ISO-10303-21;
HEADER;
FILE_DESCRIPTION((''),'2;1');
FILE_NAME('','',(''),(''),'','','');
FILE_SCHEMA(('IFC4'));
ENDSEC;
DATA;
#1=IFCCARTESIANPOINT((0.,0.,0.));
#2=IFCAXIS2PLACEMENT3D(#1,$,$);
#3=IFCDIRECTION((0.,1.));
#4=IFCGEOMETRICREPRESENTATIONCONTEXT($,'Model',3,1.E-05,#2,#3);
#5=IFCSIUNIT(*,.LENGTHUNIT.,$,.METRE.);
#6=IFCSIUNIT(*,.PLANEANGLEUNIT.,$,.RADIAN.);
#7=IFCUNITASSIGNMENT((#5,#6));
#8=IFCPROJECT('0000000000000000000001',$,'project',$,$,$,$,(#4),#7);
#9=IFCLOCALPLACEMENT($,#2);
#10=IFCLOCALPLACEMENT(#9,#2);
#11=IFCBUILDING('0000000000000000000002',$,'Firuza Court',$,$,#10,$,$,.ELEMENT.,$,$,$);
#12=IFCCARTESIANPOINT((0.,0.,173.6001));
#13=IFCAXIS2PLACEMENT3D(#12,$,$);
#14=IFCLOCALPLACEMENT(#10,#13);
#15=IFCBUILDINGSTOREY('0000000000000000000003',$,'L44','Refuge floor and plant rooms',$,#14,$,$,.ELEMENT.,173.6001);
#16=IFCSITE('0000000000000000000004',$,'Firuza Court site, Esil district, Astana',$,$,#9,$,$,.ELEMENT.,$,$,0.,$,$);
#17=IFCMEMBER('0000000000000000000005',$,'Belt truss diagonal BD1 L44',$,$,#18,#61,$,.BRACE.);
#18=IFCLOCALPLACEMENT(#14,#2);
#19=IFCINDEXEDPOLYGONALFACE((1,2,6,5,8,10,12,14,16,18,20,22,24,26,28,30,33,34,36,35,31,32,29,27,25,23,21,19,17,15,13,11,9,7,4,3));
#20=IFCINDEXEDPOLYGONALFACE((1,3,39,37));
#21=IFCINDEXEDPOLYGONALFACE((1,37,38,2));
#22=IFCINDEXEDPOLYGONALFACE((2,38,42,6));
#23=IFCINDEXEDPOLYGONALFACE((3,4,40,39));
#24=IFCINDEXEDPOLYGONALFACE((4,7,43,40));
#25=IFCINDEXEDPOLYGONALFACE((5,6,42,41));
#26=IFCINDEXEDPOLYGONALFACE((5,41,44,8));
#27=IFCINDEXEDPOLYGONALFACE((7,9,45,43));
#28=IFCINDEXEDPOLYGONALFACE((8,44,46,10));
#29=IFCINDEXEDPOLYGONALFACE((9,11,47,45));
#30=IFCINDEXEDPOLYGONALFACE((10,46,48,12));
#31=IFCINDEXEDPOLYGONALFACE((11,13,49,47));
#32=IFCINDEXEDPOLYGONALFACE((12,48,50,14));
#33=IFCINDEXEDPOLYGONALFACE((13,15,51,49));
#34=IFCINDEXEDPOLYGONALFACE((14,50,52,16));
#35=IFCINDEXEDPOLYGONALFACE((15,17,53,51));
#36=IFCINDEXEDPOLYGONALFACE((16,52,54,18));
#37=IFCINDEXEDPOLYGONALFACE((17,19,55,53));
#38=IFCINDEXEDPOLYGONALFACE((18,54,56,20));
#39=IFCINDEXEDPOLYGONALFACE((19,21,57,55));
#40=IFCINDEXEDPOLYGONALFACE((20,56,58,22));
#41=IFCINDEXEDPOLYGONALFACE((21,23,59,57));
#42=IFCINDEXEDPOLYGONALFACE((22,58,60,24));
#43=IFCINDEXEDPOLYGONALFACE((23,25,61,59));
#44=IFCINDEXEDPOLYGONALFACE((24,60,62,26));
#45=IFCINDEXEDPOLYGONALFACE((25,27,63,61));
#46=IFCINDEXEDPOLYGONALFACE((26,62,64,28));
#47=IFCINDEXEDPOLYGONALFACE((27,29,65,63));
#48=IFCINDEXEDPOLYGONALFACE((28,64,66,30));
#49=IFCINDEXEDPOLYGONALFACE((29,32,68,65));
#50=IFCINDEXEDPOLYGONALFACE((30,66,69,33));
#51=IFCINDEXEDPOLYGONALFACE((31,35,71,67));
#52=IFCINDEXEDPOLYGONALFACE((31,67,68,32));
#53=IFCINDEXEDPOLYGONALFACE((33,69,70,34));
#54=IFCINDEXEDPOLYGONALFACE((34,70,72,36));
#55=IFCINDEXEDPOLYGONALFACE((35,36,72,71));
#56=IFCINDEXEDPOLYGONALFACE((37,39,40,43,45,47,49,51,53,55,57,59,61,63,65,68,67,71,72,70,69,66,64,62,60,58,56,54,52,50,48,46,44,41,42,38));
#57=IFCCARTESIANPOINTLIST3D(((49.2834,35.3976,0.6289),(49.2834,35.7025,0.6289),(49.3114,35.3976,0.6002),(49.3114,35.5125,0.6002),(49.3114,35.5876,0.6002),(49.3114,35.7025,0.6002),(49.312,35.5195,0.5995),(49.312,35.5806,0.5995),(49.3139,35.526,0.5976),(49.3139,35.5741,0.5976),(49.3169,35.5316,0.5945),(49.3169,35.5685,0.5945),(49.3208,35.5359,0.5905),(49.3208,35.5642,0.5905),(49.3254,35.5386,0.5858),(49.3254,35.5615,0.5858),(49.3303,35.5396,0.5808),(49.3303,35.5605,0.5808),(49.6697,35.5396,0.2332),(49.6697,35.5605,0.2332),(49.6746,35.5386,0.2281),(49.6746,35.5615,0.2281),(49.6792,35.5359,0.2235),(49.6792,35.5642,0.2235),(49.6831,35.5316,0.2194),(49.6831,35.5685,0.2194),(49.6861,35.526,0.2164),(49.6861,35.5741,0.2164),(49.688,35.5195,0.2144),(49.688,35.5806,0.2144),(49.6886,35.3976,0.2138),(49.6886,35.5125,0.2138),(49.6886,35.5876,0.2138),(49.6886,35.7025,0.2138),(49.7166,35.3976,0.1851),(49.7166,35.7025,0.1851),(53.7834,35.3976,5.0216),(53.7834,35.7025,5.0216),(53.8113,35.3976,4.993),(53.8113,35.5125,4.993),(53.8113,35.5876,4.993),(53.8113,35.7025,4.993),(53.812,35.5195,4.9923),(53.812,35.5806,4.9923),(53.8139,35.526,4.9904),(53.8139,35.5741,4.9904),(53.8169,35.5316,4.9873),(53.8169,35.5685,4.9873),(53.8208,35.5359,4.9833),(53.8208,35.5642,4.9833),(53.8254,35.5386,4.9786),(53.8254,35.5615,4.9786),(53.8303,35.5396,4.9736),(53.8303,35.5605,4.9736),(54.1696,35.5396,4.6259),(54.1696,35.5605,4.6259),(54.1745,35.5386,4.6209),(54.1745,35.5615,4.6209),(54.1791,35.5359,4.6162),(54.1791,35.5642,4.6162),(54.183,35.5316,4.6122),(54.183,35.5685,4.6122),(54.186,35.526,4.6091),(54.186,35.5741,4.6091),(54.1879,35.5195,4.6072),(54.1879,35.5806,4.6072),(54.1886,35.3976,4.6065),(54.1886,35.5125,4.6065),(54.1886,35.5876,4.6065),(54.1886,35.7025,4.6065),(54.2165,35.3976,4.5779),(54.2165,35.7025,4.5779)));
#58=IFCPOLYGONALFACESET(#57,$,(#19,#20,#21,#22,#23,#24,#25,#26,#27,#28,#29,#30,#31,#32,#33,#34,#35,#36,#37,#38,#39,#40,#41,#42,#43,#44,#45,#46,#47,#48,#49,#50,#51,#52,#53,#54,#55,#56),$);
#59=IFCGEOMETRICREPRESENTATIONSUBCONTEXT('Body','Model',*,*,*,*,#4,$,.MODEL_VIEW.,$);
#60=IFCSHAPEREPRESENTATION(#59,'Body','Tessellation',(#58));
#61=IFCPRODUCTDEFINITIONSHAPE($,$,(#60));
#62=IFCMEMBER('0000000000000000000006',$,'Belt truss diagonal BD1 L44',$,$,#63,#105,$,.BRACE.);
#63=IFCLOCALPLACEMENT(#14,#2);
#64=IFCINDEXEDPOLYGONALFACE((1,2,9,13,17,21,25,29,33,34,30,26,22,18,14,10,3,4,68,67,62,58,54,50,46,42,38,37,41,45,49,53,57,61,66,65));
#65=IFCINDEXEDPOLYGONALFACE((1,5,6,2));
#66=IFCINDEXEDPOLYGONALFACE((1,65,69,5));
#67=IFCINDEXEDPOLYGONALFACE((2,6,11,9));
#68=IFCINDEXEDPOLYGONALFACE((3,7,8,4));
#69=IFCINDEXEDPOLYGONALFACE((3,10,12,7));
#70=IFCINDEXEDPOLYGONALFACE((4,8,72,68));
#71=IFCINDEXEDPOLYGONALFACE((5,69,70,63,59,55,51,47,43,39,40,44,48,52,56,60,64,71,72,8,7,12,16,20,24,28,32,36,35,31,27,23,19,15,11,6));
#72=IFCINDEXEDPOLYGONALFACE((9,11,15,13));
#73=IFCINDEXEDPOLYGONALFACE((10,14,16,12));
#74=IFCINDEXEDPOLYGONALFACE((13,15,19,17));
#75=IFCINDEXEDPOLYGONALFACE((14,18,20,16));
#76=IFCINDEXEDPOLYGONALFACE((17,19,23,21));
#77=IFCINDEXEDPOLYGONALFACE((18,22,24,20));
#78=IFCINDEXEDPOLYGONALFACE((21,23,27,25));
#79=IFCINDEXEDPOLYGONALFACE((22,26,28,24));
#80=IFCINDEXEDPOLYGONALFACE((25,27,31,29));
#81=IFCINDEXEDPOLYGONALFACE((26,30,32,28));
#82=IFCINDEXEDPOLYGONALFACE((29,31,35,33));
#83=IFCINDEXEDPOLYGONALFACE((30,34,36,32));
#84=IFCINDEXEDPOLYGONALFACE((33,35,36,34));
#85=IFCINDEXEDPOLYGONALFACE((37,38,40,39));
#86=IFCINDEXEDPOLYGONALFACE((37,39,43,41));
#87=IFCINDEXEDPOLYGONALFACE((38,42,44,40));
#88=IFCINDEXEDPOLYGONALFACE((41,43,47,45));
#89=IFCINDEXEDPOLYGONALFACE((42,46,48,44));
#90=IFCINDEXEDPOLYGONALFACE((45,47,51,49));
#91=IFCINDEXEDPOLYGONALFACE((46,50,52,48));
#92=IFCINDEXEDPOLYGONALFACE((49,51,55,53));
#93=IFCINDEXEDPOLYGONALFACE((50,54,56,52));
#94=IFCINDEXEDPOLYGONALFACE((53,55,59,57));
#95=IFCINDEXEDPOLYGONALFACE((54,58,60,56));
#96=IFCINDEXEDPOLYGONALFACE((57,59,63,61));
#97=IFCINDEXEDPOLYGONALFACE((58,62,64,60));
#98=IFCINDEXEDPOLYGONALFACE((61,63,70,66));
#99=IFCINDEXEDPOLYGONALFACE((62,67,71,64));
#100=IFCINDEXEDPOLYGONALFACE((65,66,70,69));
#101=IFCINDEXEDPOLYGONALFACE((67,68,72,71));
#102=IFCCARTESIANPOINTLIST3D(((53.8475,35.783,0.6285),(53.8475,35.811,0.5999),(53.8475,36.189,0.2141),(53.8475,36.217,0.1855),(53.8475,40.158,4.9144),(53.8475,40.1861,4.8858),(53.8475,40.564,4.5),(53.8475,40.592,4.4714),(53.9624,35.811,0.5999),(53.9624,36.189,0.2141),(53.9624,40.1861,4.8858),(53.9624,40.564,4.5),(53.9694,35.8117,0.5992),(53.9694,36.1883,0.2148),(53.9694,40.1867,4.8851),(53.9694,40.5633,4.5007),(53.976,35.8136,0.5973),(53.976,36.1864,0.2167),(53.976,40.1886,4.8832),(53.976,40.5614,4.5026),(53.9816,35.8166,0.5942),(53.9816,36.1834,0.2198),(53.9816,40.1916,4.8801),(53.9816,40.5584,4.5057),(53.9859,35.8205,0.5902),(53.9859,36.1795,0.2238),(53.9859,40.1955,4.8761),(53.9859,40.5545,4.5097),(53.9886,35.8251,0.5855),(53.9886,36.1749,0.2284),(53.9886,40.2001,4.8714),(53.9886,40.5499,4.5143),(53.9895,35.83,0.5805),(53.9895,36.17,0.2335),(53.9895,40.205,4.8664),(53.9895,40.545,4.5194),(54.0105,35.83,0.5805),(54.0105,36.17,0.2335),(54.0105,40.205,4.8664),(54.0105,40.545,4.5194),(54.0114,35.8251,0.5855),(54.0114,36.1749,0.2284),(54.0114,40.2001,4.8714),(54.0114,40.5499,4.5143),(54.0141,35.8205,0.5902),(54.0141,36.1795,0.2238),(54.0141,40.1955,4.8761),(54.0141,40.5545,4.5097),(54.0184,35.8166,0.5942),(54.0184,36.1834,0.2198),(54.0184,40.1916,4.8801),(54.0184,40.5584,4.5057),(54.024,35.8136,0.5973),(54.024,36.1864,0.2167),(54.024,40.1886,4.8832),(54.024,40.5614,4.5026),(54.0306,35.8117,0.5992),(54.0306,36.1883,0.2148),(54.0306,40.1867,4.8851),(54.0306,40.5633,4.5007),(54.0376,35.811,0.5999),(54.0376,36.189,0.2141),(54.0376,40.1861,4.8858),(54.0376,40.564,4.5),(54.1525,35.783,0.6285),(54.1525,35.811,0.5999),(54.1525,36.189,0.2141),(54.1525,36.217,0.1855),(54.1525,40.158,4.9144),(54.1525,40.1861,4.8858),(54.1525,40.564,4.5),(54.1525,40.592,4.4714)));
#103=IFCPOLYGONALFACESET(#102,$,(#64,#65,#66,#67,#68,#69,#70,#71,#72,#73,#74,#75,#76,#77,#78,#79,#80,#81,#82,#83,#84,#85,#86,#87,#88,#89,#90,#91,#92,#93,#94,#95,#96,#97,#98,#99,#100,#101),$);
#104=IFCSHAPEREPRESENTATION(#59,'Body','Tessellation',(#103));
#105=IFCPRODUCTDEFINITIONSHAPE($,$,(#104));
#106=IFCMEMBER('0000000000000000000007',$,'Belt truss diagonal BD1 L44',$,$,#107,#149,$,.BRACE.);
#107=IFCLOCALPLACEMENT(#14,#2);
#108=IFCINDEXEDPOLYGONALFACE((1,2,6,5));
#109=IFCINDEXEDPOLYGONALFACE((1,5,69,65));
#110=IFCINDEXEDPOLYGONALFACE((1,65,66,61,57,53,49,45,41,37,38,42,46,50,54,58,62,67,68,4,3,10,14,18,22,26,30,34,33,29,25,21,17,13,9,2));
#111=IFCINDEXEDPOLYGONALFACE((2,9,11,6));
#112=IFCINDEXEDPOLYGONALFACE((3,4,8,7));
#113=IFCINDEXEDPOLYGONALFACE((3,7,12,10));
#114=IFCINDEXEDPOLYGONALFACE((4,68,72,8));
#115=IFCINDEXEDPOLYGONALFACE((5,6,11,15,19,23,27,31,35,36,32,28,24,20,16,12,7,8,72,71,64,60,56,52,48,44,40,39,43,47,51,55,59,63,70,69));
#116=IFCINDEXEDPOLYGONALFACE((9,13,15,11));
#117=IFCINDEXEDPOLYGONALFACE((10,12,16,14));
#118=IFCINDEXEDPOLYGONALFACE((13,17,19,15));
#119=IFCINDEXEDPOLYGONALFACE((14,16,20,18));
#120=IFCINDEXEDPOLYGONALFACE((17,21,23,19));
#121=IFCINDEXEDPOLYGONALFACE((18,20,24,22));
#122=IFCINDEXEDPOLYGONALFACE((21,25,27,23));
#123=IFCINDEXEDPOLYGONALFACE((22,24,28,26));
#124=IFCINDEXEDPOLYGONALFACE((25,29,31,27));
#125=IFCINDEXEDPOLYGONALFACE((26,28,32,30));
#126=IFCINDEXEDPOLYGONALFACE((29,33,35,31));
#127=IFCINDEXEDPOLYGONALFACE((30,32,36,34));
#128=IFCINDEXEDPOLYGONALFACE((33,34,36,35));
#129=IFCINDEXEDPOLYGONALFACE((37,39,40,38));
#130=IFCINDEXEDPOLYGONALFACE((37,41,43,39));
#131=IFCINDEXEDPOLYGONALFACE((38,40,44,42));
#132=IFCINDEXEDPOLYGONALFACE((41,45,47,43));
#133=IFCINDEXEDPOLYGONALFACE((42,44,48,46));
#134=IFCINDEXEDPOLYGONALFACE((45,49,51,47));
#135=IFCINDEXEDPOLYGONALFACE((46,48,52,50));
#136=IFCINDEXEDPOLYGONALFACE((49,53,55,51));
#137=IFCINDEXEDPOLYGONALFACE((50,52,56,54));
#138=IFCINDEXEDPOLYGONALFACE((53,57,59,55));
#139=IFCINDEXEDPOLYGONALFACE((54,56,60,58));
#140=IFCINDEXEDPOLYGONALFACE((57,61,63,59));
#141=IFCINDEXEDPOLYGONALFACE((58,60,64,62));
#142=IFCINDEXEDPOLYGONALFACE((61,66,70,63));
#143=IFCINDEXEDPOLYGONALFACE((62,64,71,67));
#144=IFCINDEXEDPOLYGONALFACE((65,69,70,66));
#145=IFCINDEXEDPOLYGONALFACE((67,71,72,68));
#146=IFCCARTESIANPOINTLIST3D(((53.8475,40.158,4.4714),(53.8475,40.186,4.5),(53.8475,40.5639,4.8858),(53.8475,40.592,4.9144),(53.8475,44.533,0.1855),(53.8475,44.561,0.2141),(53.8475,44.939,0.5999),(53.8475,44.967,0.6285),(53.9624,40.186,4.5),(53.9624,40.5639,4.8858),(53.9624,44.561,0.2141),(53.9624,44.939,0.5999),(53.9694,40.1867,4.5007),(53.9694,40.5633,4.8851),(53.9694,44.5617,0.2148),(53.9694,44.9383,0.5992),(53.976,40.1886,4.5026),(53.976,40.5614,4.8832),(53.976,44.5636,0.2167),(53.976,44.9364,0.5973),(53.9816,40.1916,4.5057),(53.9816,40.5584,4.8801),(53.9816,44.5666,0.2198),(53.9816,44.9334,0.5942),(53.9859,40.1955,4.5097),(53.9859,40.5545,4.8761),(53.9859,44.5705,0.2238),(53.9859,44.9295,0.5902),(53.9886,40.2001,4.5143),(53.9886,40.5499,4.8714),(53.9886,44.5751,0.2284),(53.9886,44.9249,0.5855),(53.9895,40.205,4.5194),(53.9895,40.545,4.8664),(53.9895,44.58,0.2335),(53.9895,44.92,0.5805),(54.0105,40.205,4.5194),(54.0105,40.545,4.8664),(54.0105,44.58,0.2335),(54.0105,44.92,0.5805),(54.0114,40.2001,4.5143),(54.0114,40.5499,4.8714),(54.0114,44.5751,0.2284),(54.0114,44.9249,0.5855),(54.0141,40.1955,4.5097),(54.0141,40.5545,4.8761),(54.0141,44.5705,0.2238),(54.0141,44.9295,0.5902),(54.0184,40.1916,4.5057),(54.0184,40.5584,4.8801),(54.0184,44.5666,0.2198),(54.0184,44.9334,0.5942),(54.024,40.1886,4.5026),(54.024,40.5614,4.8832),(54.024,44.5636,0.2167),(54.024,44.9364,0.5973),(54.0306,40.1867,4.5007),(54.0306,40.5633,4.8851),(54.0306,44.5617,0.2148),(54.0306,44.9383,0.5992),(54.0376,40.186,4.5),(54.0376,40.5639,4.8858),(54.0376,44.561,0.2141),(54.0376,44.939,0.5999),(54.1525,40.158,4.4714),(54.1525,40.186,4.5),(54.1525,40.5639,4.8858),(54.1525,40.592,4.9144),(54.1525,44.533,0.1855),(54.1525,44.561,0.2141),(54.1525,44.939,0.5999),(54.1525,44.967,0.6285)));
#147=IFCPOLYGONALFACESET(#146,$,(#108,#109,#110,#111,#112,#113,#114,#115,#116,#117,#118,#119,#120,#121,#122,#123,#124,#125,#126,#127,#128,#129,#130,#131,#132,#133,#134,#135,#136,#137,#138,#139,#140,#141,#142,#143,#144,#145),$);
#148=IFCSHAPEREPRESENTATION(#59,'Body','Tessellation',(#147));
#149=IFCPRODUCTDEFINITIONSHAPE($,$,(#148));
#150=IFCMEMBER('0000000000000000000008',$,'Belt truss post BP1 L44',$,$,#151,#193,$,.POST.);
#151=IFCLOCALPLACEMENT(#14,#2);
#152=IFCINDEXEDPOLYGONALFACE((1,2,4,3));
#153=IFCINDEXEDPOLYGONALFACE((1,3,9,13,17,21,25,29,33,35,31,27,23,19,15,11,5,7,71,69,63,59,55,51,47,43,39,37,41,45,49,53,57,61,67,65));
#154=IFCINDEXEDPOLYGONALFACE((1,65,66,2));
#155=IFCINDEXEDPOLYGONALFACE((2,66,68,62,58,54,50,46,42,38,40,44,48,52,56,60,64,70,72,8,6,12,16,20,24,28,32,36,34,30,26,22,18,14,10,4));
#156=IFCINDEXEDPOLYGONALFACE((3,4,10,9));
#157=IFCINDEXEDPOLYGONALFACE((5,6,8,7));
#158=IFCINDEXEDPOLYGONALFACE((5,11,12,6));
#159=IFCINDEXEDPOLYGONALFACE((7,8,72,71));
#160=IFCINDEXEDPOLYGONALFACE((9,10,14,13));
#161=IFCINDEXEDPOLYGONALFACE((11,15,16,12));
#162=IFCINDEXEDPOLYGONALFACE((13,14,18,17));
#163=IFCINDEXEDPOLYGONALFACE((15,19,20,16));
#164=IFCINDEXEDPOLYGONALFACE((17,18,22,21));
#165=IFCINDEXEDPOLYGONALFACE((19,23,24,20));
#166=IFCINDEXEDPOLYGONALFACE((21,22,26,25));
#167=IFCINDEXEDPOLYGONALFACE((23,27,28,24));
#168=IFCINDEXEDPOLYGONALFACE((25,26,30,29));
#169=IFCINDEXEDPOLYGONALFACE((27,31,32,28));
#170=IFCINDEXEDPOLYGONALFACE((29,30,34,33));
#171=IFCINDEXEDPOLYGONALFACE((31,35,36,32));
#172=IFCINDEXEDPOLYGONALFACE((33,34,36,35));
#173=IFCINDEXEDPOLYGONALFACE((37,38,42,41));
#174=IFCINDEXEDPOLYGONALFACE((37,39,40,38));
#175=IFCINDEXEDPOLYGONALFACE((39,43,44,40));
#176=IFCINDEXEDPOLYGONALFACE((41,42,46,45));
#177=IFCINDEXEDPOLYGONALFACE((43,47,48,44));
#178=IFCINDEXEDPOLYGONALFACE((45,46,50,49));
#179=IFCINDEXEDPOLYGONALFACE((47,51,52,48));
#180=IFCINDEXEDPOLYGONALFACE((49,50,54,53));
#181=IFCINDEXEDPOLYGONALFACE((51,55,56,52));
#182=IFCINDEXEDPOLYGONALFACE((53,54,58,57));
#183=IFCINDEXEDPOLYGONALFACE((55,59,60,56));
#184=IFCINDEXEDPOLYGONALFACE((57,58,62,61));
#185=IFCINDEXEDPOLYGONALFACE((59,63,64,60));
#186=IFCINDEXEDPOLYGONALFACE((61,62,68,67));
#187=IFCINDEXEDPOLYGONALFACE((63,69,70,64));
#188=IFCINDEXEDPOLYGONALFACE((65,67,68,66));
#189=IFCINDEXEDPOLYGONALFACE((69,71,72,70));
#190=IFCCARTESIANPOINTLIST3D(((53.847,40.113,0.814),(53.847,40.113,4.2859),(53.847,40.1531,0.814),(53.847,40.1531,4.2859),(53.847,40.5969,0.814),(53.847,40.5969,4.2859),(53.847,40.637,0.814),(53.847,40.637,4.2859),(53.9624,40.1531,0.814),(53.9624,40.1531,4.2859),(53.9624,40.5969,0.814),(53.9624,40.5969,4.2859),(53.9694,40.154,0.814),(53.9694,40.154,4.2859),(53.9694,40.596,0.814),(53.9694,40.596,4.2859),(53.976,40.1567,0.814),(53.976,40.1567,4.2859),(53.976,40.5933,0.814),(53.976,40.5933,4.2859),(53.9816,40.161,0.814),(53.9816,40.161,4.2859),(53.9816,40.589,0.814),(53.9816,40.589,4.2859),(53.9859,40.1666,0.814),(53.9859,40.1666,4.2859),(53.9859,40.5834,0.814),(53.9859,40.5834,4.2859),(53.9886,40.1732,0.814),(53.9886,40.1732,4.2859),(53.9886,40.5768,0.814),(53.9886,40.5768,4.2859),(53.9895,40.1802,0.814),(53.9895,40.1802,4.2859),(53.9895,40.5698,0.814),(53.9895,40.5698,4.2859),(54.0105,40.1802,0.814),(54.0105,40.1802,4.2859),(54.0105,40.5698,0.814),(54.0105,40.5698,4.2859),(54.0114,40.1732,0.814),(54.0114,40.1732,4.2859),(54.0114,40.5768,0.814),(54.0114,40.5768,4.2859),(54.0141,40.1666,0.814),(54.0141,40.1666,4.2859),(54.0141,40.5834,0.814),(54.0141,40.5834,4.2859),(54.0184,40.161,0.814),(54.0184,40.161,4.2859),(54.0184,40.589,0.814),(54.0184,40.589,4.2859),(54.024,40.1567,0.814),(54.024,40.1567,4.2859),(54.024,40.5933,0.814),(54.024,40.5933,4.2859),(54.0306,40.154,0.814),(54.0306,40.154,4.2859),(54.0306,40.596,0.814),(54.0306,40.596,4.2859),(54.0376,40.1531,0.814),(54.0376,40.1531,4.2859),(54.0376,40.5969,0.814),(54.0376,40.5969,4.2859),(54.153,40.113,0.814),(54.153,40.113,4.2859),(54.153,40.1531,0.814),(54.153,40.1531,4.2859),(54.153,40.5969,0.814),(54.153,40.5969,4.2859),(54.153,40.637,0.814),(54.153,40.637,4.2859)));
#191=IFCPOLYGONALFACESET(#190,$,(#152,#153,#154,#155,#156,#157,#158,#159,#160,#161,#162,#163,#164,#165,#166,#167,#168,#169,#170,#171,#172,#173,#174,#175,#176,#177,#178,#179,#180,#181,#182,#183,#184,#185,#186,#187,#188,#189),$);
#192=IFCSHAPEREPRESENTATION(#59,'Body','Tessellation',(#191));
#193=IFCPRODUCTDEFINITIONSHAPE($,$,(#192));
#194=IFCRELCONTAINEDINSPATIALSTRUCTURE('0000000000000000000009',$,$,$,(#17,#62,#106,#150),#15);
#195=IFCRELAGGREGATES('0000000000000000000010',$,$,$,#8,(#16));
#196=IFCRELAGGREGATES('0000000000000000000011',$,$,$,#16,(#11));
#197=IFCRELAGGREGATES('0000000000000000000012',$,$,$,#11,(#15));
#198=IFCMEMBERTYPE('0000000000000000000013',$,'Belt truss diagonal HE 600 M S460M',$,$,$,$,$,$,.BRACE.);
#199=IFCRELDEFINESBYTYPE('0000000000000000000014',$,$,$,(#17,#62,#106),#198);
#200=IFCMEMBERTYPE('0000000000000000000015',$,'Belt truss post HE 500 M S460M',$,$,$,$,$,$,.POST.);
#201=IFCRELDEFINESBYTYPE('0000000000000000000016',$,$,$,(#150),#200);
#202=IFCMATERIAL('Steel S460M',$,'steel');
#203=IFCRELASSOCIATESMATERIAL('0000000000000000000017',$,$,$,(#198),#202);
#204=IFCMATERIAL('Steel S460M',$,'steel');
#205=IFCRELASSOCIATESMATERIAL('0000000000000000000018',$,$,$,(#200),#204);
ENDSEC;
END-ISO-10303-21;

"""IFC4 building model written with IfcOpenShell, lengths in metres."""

from ifc_helpers import new_model, si_unit, direction, frame, origin, origin_2d, place, context, subcontext, project, spatial, i_section, extrude, material, material_profile, profile_set, type_object, element, save


model = new_model("IFC4")

# Units and contexts
model_context = context("Model", 3, precision=1e-05, world=origin(), true_north=direction((0.0, 1.0)))
body_context = subcontext(model_context, "Body", "Model", "MODEL_VIEW")
ifc_project = project(units=[si_unit("LENGTHUNIT", "METRE"), si_unit("PLANEANGLEUNIT", "RADIAN")], contexts=[model_context])

# Site, building, storey
site_placement = place(None, origin())
site = spatial("IfcSite", under=ifc_project, at=site_placement, Name="Firuza Court site, Esil district, Astana", CompositionType="ELEMENT", RefElevation=0.0)
building_placement = place(site_placement, origin())
building = spatial("IfcBuilding", under=site, at=building_placement, Name="Firuza Court", CompositionType="ELEMENT")
storey_placement = place(building_placement, frame((0.0, 0.0, 173.6001)))
storey = spatial("IfcBuildingStorey", under=building, at=storey_placement, Name="L44", Description="Refuge floor and plant rooms", CompositionType="ELEMENT", Elevation=173.6001)

# Members
ifc_material_1 = material(Name="Steel S460M", Category="steel")
ifc_material_profile_1 = material_profile(ifc_material_1, i_section(OverallWidth=0.3049, OverallDepth=0.6201, WebThickness=0.021, FlangeThickness=0.04, FilletRadius=0.0271, at=origin_2d()), Name="HE 600 M")
ifc_profile_set_1 = profile_set([ifc_material_profile_1], Name="Steel S460M")
member_type_1 = type_object("IfcMemberType", Name="Belt truss diagonal HE 600 M S460M", PredefinedType="BRACE", material=ifc_profile_set_1)
for number, where, z_axis, x_axis, name in (
    (1, (49.5, 35.55, 0.407), (0.715577, 0.0, 0.698534), (0.0, 1.0, 0.0), "Belt truss diagonal BD1 L44"),
):
    element("IfcMember", number, at=place(storey_placement, frame(where, z_axis=z_axis, x_axis=x_axis)), inside=storey, type_object=member_type_1, Name=name, PredefinedType="BRACE", context=body_context, shape_type="SweptSolid", body=[
        extrude(i_section(OverallWidth=0.3049, OverallDepth=0.6201, WebThickness=0.021, FlangeThickness=0.04, FilletRadius=0.0271, at=origin_2d()), origin(), (0.0, 0.0, 1.0), 6.2886),
    ])
for number, where, z_axis, x_axis, name in (
    (2, (54.0, 36.0, 0.407), (0.0, 0.714344, 0.699794), (-1.0, 0.0, 0.0), "Belt truss diagonal BD1 L44"),
    (3, (54.0, 44.75, 0.407), (0.0, -0.714344, 0.699794), (1.0, 0.0, 0.0), "Belt truss diagonal BD1 L44"),
):
    element("IfcMember", number, at=place(storey_placement, frame(where, z_axis=z_axis, x_axis=x_axis)), inside=storey, type_object=member_type_1, Name=name, PredefinedType="BRACE", context=body_context, shape_type="SweptSolid", body=[
        extrude(i_section(OverallWidth=0.3049, OverallDepth=0.6201, WebThickness=0.021, FlangeThickness=0.04, FilletRadius=0.0271, at=origin_2d()), origin(), (0.0, 0.0, 1.0), 6.1245),
    ])
ifc_material_2 = material(Name="Steel S460M", Category="steel")
ifc_material_profile_2 = material_profile(ifc_material_2, i_section(OverallWidth=0.3059, OverallDepth=0.5239, WebThickness=0.021, FlangeThickness=0.04, FilletRadius=0.0271, at=origin_2d()), Name="HE 500 M")
ifc_profile_set_2 = profile_set([ifc_material_profile_2], Name="Steel S460M")
member_type_2 = type_object("IfcMemberType", Name="Belt truss post HE 500 M S460M", PredefinedType="POST", material=ifc_profile_set_2)
member_placement = place(storey_placement, frame((54.0, 40.375, 0.814), z_axis=(0.0, 0.0, 1.0), x_axis=(1.0, 0.0, 0.0)))
element("IfcMember", 4, at=member_placement, inside=storey, type_object=member_type_2, Name="Belt truss post BP1 L44", PredefinedType="POST", context=body_context, shape_type="SweptSolid", body=[
    extrude(i_section(OverallWidth=0.3059, OverallDepth=0.5239, WebThickness=0.021, FlangeThickness=0.04, FilletRadius=0.0271, at=origin_2d()), origin(), (0.0, 0.0, 1.0), 3.4719),
])

save(model, "model.ifc")
